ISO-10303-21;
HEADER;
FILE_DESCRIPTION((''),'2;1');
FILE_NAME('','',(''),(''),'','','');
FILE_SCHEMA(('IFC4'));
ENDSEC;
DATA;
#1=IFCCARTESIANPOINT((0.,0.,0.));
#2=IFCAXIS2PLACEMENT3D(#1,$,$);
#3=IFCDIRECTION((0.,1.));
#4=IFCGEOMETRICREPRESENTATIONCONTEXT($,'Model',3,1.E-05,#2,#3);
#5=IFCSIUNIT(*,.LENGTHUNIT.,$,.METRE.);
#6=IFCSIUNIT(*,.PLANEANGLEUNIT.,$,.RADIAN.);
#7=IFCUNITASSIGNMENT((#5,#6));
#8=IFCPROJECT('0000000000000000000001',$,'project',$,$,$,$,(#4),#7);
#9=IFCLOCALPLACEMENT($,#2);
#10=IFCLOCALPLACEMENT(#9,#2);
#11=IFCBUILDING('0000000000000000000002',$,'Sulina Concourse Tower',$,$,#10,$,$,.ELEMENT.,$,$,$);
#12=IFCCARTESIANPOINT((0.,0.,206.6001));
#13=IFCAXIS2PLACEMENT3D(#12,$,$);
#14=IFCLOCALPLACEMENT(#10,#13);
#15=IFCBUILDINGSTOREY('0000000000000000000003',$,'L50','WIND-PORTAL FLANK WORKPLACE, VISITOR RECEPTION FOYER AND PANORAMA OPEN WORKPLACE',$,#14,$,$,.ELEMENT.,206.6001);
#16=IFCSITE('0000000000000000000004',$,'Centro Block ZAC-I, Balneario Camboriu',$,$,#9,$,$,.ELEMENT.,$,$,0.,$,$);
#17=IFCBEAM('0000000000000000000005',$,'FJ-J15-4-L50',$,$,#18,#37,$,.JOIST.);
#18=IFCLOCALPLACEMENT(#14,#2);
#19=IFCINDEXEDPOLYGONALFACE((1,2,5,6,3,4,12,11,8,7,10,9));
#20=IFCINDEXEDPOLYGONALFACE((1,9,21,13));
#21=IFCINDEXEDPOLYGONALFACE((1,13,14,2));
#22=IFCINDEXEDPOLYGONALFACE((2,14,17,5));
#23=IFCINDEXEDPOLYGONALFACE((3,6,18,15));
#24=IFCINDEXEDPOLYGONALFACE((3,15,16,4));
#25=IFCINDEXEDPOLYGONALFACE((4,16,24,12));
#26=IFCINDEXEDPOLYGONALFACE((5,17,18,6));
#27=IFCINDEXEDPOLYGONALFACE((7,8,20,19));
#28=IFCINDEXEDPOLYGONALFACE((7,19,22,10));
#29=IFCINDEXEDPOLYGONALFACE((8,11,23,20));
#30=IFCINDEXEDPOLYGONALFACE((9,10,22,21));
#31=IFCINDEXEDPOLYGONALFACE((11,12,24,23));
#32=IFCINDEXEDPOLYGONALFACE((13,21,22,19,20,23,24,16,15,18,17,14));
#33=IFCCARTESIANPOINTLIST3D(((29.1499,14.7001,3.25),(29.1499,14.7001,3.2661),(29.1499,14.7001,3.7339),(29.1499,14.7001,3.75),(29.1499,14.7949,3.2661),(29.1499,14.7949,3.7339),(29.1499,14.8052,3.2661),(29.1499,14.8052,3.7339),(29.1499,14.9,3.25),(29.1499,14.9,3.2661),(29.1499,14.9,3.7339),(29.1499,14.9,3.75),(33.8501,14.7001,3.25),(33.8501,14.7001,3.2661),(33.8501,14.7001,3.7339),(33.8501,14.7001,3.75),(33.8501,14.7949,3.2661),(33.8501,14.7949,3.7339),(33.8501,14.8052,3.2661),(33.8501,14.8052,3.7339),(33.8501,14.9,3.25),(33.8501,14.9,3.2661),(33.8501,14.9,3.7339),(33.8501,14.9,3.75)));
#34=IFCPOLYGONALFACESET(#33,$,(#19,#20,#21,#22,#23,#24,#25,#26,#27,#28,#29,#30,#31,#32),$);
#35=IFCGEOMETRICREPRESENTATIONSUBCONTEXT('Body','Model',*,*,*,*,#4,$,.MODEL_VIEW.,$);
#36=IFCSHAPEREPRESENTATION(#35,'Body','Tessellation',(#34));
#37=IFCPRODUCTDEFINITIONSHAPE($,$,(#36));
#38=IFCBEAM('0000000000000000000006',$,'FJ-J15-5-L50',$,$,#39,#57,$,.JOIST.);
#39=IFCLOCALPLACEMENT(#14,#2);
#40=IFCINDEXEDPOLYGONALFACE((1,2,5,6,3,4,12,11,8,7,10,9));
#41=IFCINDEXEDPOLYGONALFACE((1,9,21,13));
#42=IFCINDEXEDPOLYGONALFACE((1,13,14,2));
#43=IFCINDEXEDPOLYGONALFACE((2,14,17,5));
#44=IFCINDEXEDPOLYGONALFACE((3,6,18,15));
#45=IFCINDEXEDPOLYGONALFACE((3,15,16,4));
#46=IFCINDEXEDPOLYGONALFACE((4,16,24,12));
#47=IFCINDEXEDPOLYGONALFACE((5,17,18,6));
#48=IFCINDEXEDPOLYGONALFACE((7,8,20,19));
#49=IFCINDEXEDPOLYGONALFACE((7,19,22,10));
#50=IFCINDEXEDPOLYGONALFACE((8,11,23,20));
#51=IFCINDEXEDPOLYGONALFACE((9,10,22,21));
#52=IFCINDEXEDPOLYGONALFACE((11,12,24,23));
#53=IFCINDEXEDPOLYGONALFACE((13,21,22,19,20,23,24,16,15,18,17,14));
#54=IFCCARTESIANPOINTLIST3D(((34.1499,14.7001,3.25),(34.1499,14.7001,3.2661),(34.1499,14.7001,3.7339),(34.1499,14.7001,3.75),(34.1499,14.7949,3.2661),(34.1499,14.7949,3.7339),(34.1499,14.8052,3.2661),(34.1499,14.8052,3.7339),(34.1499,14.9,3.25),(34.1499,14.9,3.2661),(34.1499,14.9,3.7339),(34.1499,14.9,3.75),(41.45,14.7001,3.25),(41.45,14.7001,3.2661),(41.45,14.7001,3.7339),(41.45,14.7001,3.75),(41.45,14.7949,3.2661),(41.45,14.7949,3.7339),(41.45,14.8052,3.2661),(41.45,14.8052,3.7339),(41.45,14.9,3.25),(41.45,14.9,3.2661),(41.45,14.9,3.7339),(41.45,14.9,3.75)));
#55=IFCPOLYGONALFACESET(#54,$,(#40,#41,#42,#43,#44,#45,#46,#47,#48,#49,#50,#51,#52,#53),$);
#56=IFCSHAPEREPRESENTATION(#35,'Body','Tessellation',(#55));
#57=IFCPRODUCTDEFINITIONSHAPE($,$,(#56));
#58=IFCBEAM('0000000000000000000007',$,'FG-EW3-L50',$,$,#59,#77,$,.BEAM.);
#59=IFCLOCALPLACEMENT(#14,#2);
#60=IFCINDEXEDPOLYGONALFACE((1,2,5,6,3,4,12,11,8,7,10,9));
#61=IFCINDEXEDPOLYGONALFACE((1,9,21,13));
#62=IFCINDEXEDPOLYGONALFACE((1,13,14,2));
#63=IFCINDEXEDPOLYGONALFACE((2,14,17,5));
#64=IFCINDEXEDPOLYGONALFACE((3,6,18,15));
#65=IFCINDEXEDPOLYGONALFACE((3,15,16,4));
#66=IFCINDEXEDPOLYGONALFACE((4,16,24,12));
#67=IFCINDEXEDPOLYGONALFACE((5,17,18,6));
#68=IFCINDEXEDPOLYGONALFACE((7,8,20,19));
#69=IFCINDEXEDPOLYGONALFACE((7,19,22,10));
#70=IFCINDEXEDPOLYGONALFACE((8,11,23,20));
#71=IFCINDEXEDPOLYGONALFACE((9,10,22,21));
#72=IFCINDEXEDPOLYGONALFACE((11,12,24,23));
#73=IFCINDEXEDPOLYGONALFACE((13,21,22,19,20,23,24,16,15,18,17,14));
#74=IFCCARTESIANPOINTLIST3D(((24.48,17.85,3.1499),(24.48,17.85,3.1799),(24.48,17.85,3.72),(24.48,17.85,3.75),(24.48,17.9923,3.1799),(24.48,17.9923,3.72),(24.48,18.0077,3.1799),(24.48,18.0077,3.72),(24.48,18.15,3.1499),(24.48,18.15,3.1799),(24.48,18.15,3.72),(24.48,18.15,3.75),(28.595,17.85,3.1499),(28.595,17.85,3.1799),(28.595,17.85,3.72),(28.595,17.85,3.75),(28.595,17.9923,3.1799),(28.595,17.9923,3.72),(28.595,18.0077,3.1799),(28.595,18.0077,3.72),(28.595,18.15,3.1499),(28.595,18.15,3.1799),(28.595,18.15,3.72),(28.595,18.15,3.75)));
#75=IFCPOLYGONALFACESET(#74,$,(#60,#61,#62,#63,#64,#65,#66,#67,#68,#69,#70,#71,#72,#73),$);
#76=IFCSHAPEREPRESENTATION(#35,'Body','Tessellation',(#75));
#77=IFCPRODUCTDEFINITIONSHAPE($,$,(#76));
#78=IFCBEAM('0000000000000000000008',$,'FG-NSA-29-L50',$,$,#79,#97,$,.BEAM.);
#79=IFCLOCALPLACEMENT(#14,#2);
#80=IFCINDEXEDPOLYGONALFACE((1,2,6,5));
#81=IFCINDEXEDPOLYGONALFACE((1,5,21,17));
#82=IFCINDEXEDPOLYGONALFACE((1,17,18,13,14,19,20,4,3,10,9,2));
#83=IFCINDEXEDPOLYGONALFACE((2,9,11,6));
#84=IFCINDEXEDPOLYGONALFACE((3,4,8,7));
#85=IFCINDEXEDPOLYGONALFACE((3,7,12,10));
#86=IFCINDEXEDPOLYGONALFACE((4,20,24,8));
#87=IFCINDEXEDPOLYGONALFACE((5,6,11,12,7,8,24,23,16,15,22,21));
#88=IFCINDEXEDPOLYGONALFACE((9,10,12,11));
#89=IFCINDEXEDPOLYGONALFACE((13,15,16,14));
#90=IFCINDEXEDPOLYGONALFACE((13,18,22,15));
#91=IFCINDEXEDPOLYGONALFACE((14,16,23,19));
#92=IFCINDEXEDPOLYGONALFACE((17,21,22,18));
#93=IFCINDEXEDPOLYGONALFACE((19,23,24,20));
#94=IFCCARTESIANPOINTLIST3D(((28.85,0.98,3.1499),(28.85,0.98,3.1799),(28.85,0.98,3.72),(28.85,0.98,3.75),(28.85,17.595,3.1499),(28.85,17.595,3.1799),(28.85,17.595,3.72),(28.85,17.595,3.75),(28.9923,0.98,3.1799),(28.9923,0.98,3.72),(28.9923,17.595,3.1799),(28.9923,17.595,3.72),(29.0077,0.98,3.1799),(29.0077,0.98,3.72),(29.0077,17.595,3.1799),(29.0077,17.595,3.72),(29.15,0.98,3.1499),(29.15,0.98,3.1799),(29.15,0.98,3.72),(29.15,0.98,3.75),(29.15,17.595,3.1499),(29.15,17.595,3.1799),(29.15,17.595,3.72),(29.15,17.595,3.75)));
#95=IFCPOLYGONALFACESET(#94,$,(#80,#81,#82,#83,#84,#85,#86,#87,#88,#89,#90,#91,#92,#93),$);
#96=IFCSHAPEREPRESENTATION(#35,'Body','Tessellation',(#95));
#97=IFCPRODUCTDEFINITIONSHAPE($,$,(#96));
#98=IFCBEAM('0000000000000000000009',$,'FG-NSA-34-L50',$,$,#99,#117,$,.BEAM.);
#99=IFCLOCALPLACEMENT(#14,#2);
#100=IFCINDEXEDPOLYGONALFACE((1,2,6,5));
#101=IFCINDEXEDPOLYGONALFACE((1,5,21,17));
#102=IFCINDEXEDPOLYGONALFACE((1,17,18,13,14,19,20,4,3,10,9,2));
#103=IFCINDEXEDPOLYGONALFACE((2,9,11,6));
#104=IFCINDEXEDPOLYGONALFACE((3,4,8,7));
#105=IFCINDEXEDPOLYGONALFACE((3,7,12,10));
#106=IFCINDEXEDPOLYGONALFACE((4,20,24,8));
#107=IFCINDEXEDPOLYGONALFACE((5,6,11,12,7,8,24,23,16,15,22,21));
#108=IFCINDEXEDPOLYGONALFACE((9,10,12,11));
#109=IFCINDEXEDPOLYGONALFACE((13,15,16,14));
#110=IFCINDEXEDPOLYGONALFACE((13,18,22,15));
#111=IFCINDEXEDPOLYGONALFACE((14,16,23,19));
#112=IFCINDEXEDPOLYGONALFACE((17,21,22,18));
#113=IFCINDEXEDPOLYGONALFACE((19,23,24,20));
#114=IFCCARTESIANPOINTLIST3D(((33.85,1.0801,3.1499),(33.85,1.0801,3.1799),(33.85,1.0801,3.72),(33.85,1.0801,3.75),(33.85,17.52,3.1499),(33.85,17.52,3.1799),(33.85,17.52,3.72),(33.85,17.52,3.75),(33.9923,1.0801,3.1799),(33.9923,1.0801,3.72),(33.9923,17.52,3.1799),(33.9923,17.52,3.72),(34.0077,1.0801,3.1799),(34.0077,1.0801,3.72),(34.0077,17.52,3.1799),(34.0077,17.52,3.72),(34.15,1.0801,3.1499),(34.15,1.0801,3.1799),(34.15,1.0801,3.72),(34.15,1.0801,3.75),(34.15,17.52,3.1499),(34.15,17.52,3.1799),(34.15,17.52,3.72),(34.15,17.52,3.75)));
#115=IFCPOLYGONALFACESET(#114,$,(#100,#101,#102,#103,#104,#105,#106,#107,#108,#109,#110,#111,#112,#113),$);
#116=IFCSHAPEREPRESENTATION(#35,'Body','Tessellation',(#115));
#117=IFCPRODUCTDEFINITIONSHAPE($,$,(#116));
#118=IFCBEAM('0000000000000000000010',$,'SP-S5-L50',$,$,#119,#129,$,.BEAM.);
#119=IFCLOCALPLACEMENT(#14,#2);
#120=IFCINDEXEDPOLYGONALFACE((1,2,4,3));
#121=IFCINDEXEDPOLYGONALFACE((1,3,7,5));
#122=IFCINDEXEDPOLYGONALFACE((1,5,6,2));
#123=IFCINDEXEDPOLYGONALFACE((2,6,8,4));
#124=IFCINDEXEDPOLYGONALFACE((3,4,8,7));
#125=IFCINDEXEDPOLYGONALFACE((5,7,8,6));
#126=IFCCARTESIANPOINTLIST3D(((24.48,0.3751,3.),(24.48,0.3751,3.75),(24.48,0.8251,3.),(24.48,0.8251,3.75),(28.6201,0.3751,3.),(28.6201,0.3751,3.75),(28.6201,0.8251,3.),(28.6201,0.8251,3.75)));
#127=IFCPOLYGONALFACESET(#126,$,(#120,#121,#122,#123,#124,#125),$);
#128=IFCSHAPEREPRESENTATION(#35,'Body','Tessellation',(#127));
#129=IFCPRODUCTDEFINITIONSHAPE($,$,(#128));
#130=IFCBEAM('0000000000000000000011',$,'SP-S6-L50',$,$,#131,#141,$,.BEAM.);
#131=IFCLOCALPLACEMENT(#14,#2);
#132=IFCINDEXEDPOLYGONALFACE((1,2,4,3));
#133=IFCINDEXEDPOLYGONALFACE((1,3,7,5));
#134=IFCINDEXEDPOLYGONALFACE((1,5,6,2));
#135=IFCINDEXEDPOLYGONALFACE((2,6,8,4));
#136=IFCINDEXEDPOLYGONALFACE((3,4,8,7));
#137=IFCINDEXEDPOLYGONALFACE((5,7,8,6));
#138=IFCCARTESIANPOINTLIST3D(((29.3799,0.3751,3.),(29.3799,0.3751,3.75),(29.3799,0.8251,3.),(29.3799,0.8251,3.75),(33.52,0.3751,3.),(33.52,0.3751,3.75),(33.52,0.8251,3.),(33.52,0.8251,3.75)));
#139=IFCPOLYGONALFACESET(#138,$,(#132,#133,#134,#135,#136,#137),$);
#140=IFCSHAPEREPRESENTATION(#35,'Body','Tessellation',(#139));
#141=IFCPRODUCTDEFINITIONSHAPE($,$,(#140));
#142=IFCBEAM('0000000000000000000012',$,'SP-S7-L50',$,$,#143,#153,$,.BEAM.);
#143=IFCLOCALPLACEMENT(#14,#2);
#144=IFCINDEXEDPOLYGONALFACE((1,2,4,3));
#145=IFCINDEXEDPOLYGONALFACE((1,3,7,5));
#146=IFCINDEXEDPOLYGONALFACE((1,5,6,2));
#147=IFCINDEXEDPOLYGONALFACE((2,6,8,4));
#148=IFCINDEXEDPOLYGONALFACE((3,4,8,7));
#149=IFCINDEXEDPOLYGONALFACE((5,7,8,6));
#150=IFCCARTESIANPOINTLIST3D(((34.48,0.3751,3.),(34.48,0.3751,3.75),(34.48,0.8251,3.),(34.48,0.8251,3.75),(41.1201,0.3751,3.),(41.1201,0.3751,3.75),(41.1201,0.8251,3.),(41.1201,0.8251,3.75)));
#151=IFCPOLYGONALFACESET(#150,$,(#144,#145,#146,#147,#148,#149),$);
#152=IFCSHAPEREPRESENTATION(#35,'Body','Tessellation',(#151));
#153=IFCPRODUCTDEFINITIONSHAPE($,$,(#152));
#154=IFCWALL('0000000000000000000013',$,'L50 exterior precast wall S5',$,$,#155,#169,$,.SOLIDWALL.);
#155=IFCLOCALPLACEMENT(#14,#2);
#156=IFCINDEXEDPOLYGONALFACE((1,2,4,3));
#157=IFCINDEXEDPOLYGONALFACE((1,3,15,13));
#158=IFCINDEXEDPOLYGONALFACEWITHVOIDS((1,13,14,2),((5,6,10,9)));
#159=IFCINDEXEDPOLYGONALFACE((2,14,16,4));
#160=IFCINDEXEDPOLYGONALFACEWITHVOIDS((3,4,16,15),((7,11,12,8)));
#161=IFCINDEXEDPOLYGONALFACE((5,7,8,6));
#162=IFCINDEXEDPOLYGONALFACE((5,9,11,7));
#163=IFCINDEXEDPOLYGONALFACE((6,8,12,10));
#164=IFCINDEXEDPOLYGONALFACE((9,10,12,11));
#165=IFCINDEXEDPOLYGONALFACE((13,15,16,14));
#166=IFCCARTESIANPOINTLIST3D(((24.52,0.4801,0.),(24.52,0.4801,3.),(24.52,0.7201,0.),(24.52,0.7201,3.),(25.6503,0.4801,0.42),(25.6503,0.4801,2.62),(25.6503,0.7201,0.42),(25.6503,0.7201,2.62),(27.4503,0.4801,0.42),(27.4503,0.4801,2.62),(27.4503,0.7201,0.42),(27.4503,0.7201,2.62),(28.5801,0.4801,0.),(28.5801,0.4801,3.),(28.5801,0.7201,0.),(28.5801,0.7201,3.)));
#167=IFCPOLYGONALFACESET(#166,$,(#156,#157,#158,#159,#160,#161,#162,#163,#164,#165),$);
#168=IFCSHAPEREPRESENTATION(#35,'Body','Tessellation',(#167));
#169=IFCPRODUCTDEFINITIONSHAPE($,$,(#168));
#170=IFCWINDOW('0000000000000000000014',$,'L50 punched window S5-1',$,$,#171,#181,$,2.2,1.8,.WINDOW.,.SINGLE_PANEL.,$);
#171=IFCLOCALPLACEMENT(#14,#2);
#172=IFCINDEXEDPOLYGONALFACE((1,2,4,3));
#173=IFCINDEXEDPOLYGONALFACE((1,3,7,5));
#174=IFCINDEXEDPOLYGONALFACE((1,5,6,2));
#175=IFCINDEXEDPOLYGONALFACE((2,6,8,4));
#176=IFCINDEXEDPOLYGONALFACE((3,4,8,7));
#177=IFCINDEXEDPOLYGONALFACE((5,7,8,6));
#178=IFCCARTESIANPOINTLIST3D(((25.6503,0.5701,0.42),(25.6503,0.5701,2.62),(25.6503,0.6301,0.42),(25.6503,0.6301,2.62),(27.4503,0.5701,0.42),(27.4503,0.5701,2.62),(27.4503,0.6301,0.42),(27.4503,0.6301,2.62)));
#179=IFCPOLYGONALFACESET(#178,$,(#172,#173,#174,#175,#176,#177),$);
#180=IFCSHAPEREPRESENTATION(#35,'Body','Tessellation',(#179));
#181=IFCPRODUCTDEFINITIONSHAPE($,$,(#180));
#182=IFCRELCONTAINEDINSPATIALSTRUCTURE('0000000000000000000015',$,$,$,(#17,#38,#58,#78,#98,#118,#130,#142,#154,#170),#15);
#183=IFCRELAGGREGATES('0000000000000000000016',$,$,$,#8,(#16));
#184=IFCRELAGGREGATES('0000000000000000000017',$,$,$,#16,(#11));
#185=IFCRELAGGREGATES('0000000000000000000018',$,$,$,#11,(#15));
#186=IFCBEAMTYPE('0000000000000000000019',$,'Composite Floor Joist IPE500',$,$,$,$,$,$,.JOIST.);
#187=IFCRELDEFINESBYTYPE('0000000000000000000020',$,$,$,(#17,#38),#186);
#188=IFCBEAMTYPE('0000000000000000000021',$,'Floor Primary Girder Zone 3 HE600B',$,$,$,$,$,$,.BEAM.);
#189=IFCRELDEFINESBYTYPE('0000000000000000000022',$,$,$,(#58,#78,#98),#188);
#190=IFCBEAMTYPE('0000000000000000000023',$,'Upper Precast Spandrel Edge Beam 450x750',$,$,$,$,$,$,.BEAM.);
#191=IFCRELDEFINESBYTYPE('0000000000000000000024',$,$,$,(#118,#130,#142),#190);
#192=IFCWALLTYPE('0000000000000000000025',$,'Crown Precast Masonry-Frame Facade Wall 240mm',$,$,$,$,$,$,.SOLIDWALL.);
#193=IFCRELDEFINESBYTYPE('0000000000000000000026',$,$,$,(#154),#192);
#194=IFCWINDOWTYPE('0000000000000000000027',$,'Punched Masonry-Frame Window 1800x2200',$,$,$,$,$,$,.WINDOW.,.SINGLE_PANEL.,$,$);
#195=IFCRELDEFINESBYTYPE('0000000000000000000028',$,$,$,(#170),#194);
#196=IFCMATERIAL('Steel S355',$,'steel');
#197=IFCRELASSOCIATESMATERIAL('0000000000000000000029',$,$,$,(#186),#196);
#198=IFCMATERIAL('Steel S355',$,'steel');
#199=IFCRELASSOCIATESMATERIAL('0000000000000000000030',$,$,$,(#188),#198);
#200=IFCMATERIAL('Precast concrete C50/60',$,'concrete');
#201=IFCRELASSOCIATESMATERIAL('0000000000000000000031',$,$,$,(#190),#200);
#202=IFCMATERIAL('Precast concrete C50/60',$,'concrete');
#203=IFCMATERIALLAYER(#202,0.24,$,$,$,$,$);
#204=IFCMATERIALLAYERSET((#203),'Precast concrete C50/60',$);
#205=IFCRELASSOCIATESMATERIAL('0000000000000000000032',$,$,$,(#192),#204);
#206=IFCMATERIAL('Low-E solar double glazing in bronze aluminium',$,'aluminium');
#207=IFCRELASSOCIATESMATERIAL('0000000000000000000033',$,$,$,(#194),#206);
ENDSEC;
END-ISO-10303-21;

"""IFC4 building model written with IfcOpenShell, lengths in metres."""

from ifc_helpers import new_model, si_unit, direction, frame, frame_2d, origin, origin_2d, place, context, subcontext, project, spatial, rectangle, i_section, extrude, material, layer, layer_set, material_profile, profile_set, type_object, element, fill, save


model = new_model("IFC4")

# Units and contexts
model_context = context("Model", 3, precision=1e-05, world=origin(), true_north=direction((0.0, 1.0)))
body_context = subcontext(model_context, "Body", "Model", "MODEL_VIEW")
ifc_project = project(units=[si_unit("LENGTHUNIT", "METRE"), si_unit("PLANEANGLEUNIT", "RADIAN")], contexts=[model_context])

# Site, building, storey
site_placement = place(None, origin())
site = spatial("IfcSite", under=ifc_project, at=site_placement, Name="Centro Block ZAC-I, Balneario Camboriu", CompositionType="ELEMENT", RefElevation=0.0)
building_placement = place(site_placement, origin())
building = spatial("IfcBuilding", under=site, at=building_placement, Name="Sulina Concourse Tower", CompositionType="ELEMENT")
storey_placement = place(building_placement, frame((0.0, 0.0, 206.6001)))
storey = spatial("IfcBuildingStorey", under=building, at=storey_placement, Name="L50", Description="WIND-PORTAL FLANK WORKPLACE, VISITOR RECEPTION FOYER AND PANORAMA OPEN WORKPLACE", CompositionType="ELEMENT", Elevation=206.6001)

# Beams
ifc_material_1 = material(Name="Steel S355", Category="steel")
ifc_material_profile_1 = material_profile(ifc_material_1, i_section(OverallWidth=0.2, OverallDepth=0.5, WebThickness=0.0103, FlangeThickness=0.0161, at=origin_2d()), Name="IPE 500")
ifc_profile_set_1 = profile_set([ifc_material_profile_1], Name="Steel S355")
beam_type_1 = type_object("IfcBeamType", Name="Composite Floor Joist IPE500", PredefinedType="JOIST", material=ifc_profile_set_1)
for number, where, z_axis, x_axis, name in (
    (1, (29.1499, 14.8, 3.5), (1.0, 0.0, 0.0), (0.0, 1.0, 0.0), "FJ-J15-4-L50"),
):
    element("IfcBeam", number, at=place(storey_placement, frame(where, z_axis=z_axis, x_axis=x_axis)), inside=storey, type_object=beam_type_1, Name=name, PredefinedType="JOIST", context=body_context, shape_type="SweptSolid", body=[
        extrude(i_section(OverallWidth=0.2, OverallDepth=0.5, WebThickness=0.0103, FlangeThickness=0.0161, at=origin_2d()), origin(), (0.0, 0.0, 1.0), 4.7002),
    ])
beam_1_placement = place(storey_placement, frame((34.1499, 14.8, 3.5), z_axis=(1.0, 0.0, 0.0), x_axis=(0.0, 1.0, 0.0)))
element("IfcBeam", 2, at=beam_1_placement, inside=storey, type_object=beam_type_1, Name="FJ-J15-5-L50", PredefinedType="JOIST", context=body_context, shape_type="SweptSolid", body=[
    extrude(i_section(OverallWidth=0.2, OverallDepth=0.5, WebThickness=0.0103, FlangeThickness=0.0161, at=origin_2d()), origin(), (0.0, 0.0, 1.0), 7.3),
])
ifc_material_2 = material(Name="Steel S355", Category="steel")
ifc_material_profile_2 = material_profile(ifc_material_2, i_section(OverallWidth=0.3, OverallDepth=0.6001, WebThickness=0.0154, FlangeThickness=0.03, at=origin_2d()), Name="HE 600 B")
ifc_profile_set_2 = profile_set([ifc_material_profile_2], Name="Steel S355")
beam_type_2 = type_object("IfcBeamType", Name="Floor Primary Girder Zone 3 HE600B", PredefinedType="BEAM", material=ifc_profile_set_2)
beam_2_placement = place(storey_placement, frame((24.48, 18.0, 3.45), z_axis=(1.0, 0.0, 0.0), x_axis=(0.0, 1.0, 0.0)))
element("IfcBeam", 3, at=beam_2_placement, inside=storey, type_object=beam_type_2, Name="FG-EW3-L50", PredefinedType="BEAM", context=body_context, shape_type="SweptSolid", body=[
    extrude(i_section(OverallWidth=0.3, OverallDepth=0.6001, WebThickness=0.0154, FlangeThickness=0.03, at=origin_2d()), origin(), (0.0, 0.0, 1.0), 4.115),
])
beam_3_placement = place(storey_placement, frame((29.0, 0.98, 3.45), z_axis=(0.0, 1.0, 0.0), x_axis=(-1.0, 0.0, 0.0)))
element("IfcBeam", 4, at=beam_3_placement, inside=storey, type_object=beam_type_2, Name="FG-NSA-29-L50", PredefinedType="BEAM", context=body_context, shape_type="SweptSolid", body=[
    extrude(i_section(OverallWidth=0.3, OverallDepth=0.6001, WebThickness=0.0154, FlangeThickness=0.03, at=origin_2d()), origin(), (0.0, 0.0, 1.0), 16.615),
])
beam_4_placement = place(storey_placement, frame((34.0, 1.0801, 3.45), z_axis=(0.0, 1.0, 0.0), x_axis=(-1.0, 0.0, 0.0)))
element("IfcBeam", 5, at=beam_4_placement, inside=storey, type_object=beam_type_2, Name="FG-NSA-34-L50", PredefinedType="BEAM", context=body_context, shape_type="SweptSolid", body=[
    extrude(i_section(OverallWidth=0.3, OverallDepth=0.6001, WebThickness=0.0154, FlangeThickness=0.03, at=origin_2d()), origin(), (0.0, 0.0, 1.0), 16.4399),
])
ifc_material_3 = material(Name="Precast concrete C50/60", Category="concrete")
ifc_material_profile_3 = material_profile(ifc_material_3, rectangle(XDim=0.45, YDim=0.75, at=origin_2d()), Name="RC 450x750")
ifc_profile_set_3 = profile_set([ifc_material_profile_3], Name="Precast concrete C50/60")
beam_type_3 = type_object("IfcBeamType", Name="Upper Precast Spandrel Edge Beam 450x750", PredefinedType="BEAM", material=ifc_profile_set_3)
for number, where, z_axis, x_axis, name in (
    (6, (24.48, 0.6001, 3.375), (1.0, 0.0, 0.0), (0.0, 1.0, 0.0), "SP-S5-L50"),
    (7, (29.3799, 0.6001, 3.375), (1.0, 0.0, 0.0), (0.0, 1.0, 0.0), "SP-S6-L50"),
):
    element("IfcBeam", number, at=place(storey_placement, frame(where, z_axis=z_axis, x_axis=x_axis)), inside=storey, type_object=beam_type_3, Name=name, PredefinedType="BEAM", context=body_context, shape_type="SweptSolid", body=[
        extrude(rectangle(XDim=0.45, YDim=0.75, at=origin_2d()), origin(), (0.0, 0.0, 1.0), 4.1401),
    ])
beam_5_placement = place(storey_placement, frame((34.48, 0.6001, 3.375), z_axis=(1.0, 0.0, 0.0), x_axis=(0.0, 1.0, 0.0)))
element("IfcBeam", 8, at=beam_5_placement, inside=storey, type_object=beam_type_3, Name="SP-S7-L50", PredefinedType="BEAM", context=body_context, shape_type="SweptSolid", body=[
    extrude(rectangle(XDim=0.45, YDim=0.75, at=origin_2d()), origin(), (0.0, 0.0, 1.0), 6.6401),
])

# Wall, opening, window
ifc_material_4 = material(Name="Precast concrete C50/60", Category="concrete")
ifc_layer = layer(ifc_material_4, 0.24)
ifc_layer_set = layer_set([ifc_layer], Name="Precast concrete C50/60")
wall_type = type_object("IfcWallType", Name="Crown Precast Masonry-Frame Facade Wall 240mm", PredefinedType="SOLIDWALL", material=ifc_layer_set)
wall_1_placement = place(storey_placement, frame((28.5801, 0.6001, 0.0), z_axis=(0.0, 0.0, 1.0), x_axis=(-1.0, 0.0, 0.0)))
wall_1 = element("IfcWall", 9, at=wall_1_placement, inside=storey, type_object=wall_type, Name="L50 exterior precast wall S5", PredefinedType="SOLIDWALL", context=body_context, shape_type="SweptSolid", body=[
    extrude(rectangle(XDim=4.0601, YDim=0.24, at=frame_2d((2.03, 0.0))), origin(), (0.0, 0.0, 1.0), 3.0),
])
opening_1_placement = place(wall_1_placement, frame((1.1299, 0.0, 0.4199)))
opening_1 = element("IfcOpeningElement", 10, at=opening_1_placement, cuts=wall_1, PredefinedType="OPENING", context=body_context, shape_type="SweptSolid", body=[
    extrude(rectangle(XDim=1.8, YDim=2.2, at=frame_2d((0.8999, 1.1001))), frame((0.0, 0.1299, 0.0), z_axis=(0.0, -1.0, 0.0), x_axis=(1.0, 0.0, 0.0)), (0.0, 0.0, 1.0), 0.26),
])
ifc_material_5 = material(Name="Low-E solar double glazing in bronze aluminium", Category="aluminium")
window_type = type_object("IfcWindowType", Name="Punched Masonry-Frame Window 1800x2200", PartitioningType="SINGLE_PANEL", PredefinedType="WINDOW", material=ifc_material_5)
window_1_placement = place(opening_1_placement, origin())
window_1 = element("IfcWindow", 11, at=window_1_placement, inside=storey, type_object=window_type, Name="L50 punched window S5-1", OverallHeight=2.2, OverallWidth=1.8, PartitioningType="SINGLE_PANEL", PredefinedType="WINDOW", context=body_context, shape_type="SweptSolid", body=[
    extrude(rectangle(XDim=1.8, YDim=2.2, at=frame_2d((0.8999, 1.1001))), frame((0.0, 0.03, 0.0), z_axis=(0.0, -1.0, 0.0), x_axis=(1.0, 0.0, 0.0)), (0.0, 0.0, 1.0), 0.0601),
])
fill(opening_1, window_1)

save(model, "model.ifc")
